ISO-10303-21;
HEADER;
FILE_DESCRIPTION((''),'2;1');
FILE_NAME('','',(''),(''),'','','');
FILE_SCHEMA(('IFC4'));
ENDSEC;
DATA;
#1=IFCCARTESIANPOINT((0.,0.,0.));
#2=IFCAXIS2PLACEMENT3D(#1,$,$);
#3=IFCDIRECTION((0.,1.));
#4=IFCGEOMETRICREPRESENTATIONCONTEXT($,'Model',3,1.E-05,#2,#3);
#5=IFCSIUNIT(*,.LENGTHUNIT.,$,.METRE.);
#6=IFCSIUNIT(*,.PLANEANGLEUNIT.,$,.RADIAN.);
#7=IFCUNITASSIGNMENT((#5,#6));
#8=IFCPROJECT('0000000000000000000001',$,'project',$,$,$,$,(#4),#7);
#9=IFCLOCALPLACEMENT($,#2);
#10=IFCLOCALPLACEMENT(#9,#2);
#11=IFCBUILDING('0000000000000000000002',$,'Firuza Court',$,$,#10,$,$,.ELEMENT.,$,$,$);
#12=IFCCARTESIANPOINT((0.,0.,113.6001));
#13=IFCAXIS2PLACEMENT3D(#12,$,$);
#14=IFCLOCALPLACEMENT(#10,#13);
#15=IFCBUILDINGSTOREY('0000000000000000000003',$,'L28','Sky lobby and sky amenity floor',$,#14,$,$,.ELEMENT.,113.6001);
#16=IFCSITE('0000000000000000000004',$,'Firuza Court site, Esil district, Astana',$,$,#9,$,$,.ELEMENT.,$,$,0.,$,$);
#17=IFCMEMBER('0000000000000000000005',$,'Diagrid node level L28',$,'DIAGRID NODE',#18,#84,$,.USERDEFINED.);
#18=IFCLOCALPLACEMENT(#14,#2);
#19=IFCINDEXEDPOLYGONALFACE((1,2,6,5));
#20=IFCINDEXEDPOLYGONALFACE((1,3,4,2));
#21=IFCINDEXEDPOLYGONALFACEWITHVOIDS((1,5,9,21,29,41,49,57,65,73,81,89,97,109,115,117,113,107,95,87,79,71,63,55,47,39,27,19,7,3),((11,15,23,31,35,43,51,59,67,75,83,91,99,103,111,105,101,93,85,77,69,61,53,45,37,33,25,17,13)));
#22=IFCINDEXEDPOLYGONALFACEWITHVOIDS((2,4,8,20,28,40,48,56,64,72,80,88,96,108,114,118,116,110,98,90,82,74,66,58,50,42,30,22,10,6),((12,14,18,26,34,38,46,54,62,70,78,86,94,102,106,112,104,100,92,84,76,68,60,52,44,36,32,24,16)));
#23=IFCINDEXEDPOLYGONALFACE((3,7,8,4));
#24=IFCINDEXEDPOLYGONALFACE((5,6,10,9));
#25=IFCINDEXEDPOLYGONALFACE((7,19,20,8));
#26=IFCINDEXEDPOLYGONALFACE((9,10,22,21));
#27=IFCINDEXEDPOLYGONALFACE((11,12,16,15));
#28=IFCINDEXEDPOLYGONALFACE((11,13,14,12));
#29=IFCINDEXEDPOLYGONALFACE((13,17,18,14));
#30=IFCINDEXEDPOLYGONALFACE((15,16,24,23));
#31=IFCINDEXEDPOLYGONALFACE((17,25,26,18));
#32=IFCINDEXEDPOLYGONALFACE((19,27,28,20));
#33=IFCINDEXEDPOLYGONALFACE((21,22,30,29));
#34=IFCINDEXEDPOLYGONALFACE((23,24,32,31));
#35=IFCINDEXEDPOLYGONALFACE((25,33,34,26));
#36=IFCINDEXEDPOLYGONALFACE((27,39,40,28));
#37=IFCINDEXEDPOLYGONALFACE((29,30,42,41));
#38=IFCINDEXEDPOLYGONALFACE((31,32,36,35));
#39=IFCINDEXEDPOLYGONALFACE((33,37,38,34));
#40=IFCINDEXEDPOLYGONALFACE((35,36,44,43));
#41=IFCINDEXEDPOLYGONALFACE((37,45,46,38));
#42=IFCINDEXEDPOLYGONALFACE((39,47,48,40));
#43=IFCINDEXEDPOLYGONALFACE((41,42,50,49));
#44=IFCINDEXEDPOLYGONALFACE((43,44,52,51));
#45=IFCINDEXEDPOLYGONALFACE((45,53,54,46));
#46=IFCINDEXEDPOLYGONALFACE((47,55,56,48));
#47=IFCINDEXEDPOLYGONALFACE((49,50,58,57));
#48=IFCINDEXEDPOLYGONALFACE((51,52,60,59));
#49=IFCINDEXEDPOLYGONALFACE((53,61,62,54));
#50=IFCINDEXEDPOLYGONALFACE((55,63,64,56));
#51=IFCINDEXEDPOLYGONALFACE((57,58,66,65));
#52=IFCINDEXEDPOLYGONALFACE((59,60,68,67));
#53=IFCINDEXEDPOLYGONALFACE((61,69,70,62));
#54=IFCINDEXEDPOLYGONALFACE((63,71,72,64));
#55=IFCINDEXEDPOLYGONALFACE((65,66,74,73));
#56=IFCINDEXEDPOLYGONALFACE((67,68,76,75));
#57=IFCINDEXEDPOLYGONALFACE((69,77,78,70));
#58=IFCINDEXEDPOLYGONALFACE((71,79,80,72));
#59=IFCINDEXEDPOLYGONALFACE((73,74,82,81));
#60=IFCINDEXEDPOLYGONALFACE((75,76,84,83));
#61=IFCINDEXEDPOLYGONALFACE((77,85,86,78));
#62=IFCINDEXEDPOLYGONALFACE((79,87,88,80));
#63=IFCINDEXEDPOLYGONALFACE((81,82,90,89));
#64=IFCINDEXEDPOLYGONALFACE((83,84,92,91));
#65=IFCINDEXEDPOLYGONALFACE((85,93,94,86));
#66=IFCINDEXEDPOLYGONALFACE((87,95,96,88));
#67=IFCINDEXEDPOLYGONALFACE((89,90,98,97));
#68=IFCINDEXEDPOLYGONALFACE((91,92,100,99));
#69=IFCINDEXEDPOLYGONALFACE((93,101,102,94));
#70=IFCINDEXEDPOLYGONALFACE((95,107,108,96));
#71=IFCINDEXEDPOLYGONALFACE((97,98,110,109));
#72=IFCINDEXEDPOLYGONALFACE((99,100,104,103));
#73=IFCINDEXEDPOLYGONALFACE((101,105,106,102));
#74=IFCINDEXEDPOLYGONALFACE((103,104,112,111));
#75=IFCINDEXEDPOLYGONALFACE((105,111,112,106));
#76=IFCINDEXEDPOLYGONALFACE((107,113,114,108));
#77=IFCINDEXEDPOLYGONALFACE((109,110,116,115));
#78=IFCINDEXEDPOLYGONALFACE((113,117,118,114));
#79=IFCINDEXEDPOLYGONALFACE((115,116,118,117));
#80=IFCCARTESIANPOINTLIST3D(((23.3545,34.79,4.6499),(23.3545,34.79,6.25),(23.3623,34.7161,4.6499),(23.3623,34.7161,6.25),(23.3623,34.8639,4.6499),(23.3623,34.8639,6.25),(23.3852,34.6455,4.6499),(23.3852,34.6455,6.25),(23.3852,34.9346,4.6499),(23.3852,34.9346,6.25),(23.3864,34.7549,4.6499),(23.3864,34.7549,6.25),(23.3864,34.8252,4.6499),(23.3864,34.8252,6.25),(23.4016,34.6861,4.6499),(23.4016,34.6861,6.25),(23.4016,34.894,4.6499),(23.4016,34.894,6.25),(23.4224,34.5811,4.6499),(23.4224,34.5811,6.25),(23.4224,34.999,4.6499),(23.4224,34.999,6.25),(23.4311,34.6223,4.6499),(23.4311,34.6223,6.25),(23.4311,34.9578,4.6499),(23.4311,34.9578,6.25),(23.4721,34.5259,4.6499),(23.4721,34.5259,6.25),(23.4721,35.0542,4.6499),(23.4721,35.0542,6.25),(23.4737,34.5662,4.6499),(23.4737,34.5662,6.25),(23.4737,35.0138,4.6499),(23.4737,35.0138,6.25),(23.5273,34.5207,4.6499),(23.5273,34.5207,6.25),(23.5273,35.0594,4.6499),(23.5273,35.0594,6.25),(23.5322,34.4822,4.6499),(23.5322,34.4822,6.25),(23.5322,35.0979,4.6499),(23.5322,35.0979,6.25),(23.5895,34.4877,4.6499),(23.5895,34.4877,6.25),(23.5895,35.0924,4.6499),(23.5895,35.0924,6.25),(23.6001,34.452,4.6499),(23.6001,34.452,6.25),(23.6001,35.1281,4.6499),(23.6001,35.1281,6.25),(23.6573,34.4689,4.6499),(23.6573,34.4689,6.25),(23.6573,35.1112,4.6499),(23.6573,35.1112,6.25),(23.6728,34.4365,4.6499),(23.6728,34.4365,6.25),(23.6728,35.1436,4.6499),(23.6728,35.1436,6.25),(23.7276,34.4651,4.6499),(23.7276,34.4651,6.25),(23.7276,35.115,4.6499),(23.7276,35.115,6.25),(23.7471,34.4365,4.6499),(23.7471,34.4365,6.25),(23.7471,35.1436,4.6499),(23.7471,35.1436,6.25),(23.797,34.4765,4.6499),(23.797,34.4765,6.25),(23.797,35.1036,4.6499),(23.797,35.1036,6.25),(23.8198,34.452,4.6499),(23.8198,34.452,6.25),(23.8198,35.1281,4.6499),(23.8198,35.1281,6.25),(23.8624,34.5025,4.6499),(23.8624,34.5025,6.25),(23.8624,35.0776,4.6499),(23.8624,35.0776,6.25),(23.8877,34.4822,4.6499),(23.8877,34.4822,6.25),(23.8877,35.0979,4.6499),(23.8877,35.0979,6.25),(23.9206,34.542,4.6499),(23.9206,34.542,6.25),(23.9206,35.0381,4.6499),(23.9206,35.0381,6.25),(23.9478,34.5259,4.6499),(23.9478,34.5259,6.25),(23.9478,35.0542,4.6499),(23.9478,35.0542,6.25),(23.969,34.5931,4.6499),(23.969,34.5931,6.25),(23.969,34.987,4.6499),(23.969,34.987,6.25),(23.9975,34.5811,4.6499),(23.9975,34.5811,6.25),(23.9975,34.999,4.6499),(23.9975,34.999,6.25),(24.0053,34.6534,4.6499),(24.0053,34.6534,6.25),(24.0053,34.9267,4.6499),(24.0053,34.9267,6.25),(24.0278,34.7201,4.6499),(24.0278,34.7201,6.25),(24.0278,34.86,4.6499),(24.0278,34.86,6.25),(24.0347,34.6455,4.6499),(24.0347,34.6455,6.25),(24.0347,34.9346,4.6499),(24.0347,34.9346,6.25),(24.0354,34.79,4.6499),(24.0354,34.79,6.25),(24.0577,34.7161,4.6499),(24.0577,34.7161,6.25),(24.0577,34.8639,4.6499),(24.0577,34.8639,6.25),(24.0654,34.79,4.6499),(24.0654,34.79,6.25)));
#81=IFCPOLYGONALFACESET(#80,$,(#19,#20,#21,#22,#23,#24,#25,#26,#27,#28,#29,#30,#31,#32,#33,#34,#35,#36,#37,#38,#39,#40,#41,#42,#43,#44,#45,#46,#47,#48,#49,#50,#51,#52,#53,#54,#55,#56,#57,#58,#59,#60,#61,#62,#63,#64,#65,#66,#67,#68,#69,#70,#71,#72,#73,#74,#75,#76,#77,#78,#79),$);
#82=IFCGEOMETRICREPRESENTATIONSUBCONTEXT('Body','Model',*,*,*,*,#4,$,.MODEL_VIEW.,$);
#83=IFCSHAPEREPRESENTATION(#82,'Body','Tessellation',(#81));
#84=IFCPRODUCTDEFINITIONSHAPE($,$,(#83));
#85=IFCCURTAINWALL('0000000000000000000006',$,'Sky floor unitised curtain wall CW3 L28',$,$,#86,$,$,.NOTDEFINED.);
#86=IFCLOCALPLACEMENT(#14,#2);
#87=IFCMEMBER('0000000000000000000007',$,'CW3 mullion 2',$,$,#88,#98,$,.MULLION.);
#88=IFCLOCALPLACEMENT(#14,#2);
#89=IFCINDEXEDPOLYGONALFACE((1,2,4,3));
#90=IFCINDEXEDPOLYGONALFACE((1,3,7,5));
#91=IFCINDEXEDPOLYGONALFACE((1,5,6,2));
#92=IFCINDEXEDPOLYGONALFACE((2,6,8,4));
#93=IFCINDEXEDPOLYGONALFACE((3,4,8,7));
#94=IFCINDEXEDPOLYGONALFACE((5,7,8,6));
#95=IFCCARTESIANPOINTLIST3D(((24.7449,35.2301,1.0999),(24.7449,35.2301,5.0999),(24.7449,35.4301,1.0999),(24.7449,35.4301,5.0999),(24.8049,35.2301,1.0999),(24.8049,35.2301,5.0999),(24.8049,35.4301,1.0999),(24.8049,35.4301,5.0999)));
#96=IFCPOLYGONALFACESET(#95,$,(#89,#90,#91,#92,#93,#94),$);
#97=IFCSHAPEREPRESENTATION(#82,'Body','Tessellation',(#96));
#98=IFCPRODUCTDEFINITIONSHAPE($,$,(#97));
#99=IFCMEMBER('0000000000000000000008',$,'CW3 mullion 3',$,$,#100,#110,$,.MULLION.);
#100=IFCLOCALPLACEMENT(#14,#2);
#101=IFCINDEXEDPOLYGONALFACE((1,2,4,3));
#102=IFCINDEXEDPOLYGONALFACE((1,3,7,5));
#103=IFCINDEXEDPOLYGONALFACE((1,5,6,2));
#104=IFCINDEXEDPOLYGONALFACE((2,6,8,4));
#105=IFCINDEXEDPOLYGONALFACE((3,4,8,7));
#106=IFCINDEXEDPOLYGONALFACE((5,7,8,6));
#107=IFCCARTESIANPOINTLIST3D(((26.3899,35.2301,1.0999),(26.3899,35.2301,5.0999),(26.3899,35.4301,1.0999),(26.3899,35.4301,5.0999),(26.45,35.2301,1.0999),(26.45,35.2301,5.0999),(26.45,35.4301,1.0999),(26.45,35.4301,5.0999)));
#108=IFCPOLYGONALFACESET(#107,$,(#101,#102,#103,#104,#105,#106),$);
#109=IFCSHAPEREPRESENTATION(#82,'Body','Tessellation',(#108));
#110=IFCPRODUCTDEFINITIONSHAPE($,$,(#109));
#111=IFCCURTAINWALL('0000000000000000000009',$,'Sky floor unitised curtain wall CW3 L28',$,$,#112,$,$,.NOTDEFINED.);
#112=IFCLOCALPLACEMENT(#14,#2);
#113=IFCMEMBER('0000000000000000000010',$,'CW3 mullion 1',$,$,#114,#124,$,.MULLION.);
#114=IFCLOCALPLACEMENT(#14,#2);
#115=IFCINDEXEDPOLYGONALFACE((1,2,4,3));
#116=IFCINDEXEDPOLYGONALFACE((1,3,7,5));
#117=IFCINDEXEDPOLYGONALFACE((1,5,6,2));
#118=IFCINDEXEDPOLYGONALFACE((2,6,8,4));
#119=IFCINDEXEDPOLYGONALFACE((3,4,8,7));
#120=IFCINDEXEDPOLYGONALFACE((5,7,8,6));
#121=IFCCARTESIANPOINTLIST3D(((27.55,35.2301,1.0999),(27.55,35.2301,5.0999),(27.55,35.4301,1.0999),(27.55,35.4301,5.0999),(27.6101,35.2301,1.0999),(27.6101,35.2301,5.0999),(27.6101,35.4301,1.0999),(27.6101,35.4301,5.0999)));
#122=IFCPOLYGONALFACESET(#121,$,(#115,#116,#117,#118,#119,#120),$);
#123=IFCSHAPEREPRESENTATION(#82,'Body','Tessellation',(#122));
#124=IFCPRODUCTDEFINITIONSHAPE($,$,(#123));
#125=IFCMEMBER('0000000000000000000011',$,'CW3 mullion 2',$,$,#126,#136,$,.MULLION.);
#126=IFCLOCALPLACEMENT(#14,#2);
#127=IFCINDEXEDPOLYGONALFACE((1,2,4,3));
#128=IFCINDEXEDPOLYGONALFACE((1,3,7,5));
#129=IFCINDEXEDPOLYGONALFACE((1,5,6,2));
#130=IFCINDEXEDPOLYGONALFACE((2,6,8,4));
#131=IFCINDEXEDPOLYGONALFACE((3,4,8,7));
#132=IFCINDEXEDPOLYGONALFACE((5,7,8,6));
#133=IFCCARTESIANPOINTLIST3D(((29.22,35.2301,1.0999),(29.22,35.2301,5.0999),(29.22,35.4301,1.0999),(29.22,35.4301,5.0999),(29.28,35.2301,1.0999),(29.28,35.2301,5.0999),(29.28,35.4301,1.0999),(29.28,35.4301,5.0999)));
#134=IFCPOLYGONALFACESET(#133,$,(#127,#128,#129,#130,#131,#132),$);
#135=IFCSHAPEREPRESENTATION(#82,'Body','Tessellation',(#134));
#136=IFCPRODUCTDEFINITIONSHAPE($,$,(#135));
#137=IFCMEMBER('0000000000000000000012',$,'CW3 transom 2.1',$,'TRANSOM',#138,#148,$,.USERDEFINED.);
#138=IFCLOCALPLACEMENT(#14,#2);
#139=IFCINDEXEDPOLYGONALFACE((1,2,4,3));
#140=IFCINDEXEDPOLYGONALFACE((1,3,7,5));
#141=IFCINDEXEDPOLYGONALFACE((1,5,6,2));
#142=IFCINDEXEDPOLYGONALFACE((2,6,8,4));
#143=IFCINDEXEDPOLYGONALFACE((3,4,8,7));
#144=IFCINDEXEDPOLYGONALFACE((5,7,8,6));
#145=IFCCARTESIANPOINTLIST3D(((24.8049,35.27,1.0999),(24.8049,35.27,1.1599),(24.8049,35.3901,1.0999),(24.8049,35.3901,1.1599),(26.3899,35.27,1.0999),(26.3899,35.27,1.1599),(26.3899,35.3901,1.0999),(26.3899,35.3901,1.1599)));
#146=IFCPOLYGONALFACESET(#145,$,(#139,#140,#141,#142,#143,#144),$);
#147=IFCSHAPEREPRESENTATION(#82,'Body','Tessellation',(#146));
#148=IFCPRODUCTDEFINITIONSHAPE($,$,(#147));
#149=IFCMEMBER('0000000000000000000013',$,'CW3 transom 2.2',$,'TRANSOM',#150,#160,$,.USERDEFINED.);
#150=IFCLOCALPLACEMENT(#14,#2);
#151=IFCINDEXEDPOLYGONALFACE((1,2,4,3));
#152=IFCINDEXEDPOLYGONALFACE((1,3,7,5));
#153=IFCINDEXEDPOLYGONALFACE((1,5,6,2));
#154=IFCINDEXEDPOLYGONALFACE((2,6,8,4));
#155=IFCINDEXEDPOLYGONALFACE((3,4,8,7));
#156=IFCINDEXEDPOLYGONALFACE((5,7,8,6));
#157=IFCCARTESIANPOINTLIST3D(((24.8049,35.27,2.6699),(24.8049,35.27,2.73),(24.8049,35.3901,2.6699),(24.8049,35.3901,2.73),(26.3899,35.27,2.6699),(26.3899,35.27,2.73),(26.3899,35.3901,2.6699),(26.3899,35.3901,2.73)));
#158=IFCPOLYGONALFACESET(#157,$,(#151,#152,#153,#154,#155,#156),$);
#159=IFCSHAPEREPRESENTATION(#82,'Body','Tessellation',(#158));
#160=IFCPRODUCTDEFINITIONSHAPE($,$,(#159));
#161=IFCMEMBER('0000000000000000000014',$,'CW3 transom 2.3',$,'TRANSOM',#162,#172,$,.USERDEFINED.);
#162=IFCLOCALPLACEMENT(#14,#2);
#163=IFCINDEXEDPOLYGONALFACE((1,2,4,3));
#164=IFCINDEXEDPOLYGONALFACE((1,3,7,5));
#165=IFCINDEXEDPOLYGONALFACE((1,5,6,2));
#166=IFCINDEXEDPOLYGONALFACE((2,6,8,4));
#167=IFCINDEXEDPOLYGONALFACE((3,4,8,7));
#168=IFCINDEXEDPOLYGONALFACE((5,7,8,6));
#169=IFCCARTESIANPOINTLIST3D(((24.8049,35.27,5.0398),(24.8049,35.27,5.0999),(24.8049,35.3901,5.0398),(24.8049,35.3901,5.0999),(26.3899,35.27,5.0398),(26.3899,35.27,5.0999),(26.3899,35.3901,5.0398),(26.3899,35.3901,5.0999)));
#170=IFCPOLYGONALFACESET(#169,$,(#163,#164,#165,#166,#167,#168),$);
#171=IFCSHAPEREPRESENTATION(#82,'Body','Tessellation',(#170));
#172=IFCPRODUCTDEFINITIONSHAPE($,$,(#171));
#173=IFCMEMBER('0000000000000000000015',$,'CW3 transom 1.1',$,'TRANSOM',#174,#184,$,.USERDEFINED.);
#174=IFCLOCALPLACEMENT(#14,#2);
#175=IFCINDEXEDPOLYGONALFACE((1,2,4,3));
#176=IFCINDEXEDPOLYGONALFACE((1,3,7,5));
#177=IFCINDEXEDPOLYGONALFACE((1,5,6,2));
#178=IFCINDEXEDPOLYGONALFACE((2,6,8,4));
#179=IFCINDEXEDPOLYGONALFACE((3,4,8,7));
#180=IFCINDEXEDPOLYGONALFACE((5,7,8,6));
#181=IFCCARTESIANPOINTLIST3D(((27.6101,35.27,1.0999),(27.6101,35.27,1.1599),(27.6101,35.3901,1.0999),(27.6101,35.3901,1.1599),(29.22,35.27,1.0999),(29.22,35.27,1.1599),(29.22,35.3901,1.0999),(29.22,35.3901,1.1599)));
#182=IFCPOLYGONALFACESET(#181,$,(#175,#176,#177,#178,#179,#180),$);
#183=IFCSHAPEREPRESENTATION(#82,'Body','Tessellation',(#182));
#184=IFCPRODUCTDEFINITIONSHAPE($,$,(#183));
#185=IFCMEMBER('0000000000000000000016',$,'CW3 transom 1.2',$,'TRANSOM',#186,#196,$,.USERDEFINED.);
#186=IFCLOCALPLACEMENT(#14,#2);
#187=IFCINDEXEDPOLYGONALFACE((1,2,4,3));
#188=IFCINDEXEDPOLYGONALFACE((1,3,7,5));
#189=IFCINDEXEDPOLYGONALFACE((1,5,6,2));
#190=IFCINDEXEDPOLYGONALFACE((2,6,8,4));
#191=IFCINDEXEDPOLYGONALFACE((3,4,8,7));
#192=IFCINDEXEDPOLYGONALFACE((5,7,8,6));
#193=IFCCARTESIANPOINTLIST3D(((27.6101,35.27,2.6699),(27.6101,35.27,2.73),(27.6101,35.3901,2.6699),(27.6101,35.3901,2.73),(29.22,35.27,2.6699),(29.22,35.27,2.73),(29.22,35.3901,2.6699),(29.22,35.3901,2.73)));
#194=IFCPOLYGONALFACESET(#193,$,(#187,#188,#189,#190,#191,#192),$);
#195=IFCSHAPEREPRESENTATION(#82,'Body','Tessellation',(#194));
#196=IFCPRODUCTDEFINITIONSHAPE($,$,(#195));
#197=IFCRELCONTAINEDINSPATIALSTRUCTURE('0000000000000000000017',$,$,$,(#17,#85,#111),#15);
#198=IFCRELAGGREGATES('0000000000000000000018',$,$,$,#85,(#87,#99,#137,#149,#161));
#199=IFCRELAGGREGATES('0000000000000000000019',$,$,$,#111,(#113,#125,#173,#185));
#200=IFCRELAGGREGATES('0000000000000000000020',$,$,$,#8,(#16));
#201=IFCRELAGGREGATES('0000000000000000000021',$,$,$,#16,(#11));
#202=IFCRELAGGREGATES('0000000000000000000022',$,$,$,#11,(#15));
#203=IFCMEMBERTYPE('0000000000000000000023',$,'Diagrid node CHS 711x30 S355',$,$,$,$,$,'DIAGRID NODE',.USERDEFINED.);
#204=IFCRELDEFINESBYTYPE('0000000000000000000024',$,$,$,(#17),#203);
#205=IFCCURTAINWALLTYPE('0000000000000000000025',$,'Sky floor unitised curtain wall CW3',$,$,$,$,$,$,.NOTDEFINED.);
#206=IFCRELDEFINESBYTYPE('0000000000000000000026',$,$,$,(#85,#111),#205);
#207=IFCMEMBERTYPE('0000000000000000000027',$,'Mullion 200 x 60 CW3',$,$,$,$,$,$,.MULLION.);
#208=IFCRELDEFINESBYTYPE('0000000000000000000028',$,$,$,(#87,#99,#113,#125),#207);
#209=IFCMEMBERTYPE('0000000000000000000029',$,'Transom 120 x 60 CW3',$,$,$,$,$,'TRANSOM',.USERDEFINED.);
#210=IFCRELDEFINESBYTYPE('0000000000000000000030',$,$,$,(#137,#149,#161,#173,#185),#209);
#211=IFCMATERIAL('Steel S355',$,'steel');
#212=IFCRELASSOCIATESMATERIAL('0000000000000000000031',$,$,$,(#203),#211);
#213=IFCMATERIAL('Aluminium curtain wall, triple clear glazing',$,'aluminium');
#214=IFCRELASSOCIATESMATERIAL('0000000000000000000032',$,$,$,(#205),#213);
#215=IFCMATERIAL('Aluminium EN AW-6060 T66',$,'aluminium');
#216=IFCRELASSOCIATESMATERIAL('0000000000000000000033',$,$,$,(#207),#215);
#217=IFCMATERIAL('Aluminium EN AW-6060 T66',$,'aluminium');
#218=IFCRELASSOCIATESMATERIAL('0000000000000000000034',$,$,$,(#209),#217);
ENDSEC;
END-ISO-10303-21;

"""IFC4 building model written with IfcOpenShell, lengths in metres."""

from ifc_helpers import new_model, si_unit, direction, frame, origin, origin_2d, place, context, subcontext, project, spatial, rectangle, hollow_circle, extrude, material, material_profile, profile_set, type_object, element, aggregate, save


model = new_model("IFC4")

# Units and contexts
model_context = context("Model", 3, precision=1e-05, world=origin(), true_north=direction((0.0, 1.0)))
body_context = subcontext(model_context, "Body", "Model", "MODEL_VIEW")
ifc_project = project(units=[si_unit("LENGTHUNIT", "METRE"), si_unit("PLANEANGLEUNIT", "RADIAN")], contexts=[model_context])

# Site, building, storey
site_placement = place(None, origin())
site = spatial("IfcSite", under=ifc_project, at=site_placement, Name="Firuza Court site, Esil district, Astana", CompositionType="ELEMENT", RefElevation=0.0)
building_placement = place(site_placement, origin())
building = spatial("IfcBuilding", under=site, at=building_placement, Name="Firuza Court", CompositionType="ELEMENT")
storey_placement = place(building_placement, frame((0.0, 0.0, 113.6001)))
storey = spatial("IfcBuildingStorey", under=building, at=storey_placement, Name="L28", Description="Sky lobby and sky amenity floor", CompositionType="ELEMENT", Elevation=113.6001)

# Member
ifc_material_1 = material(Name="Steel S355", Category="steel")
ifc_material_profile_1 = material_profile(ifc_material_1, hollow_circle(Radius=0.3555, WallThickness=0.03, at=origin_2d()), Name="CHS 711x30")
ifc_profile_set_1 = profile_set([ifc_material_profile_1], Name="Steel S355")
member_type_1 = type_object("IfcMemberType", Name="Diagrid node CHS 711x30 S355", ElementType="DIAGRID NODE", PredefinedType="USERDEFINED", material=ifc_profile_set_1)
member_1_placement = place(storey_placement, frame((23.71, 34.79, 4.6499), z_axis=(0.0, 0.0, 1.0), x_axis=(1.0, 0.0, 0.0)))
element("IfcMember", 1, at=member_1_placement, inside=storey, type_object=member_type_1, Name="Diagrid node level L28", ObjectType="DIAGRID NODE", PredefinedType="USERDEFINED", context=body_context, shape_type="SweptSolid", body=[
    extrude(hollow_circle(Radius=0.3555, WallThickness=0.03, at=origin_2d()), origin(), (0.0, 0.0, 1.0), 1.6001),
])

# Curtain walls, members
ifc_material_2 = material(Name="Aluminium curtain wall, triple clear glazing", Category="aluminium")
curtain_wall_type = type_object("IfcCurtainWallType", Name="Sky floor unitised curtain wall CW3", PredefinedType="NOTDEFINED", material=ifc_material_2)
curtain_wall_1_placement = place(storey_placement, origin())
curtain_wall_1 = element("IfcCurtainWall", 2, at=curtain_wall_1_placement, inside=storey, type_object=curtain_wall_type, Name="Sky floor unitised curtain wall CW3 L28", PredefinedType="NOTDEFINED")
ifc_material_3 = material(Name="Aluminium EN AW-6060 T66", Category="aluminium")
ifc_material_profile_2 = material_profile(ifc_material_3, rectangle(XDim=0.2, YDim=0.0601, at=origin_2d()), Name="Mullion 200 x 60 CW3")
ifc_profile_set_2 = profile_set([ifc_material_profile_2], Name="Aluminium EN AW-6060 T66")
member_type_2 = type_object("IfcMemberType", Name="Mullion 200 x 60 CW3", PredefinedType="MULLION", material=ifc_profile_set_2)
member_2_placement = place(storey_placement, frame((24.7749, 35.3301, 1.0999), z_axis=(0.0, 0.0, 1.0), x_axis=(0.0, 1.0, 0.0)))
member_2 = element("IfcMember", 3, at=member_2_placement, type_object=member_type_2, Name="CW3 mullion 2", PredefinedType="MULLION", context=body_context, shape_type="SweptSolid", body=[
    extrude(rectangle(XDim=0.2, YDim=0.0601, at=origin_2d()), origin(), (0.0, 0.0, 1.0), 4.0),
])
member_3_placement = place(storey_placement, frame((26.4199, 35.3301, 1.0999), z_axis=(0.0, 0.0, 1.0), x_axis=(0.0, 1.0, 0.0)))
member_3 = element("IfcMember", 4, at=member_3_placement, type_object=member_type_2, Name="CW3 mullion 3", PredefinedType="MULLION", context=body_context, shape_type="SweptSolid", body=[
    extrude(rectangle(XDim=0.2, YDim=0.0601, at=origin_2d()), origin(), (0.0, 0.0, 1.0), 4.0),
])
curtain_wall_2_placement = place(storey_placement, origin())
curtain_wall_2 = element("IfcCurtainWall", 5, at=curtain_wall_2_placement, inside=storey, type_object=curtain_wall_type, Name="Sky floor unitised curtain wall CW3 L28", PredefinedType="NOTDEFINED")
member_4_placement = place(storey_placement, frame((27.5801, 35.3301, 1.0999), z_axis=(0.0, 0.0, 1.0), x_axis=(0.0, 1.0, 0.0)))
member_4 = element("IfcMember", 6, at=member_4_placement, type_object=member_type_2, Name="CW3 mullion 1", PredefinedType="MULLION", context=body_context, shape_type="SweptSolid", body=[
    extrude(rectangle(XDim=0.2, YDim=0.0601, at=origin_2d()), origin(), (0.0, 0.0, 1.0), 4.0),
])
member_5_placement = place(storey_placement, frame((29.25, 35.3301, 1.0999), z_axis=(0.0, 0.0, 1.0), x_axis=(0.0, 1.0, 0.0)))
member_5 = element("IfcMember", 7, at=member_5_placement, type_object=member_type_2, Name="CW3 mullion 2", PredefinedType="MULLION", context=body_context, shape_type="SweptSolid", body=[
    extrude(rectangle(XDim=0.2, YDim=0.0601, at=origin_2d()), origin(), (0.0, 0.0, 1.0), 4.0),
])

# Members
ifc_material_4 = material(Name="Aluminium EN AW-6060 T66", Category="aluminium")
ifc_material_profile_3 = material_profile(ifc_material_4, rectangle(XDim=0.1201, YDim=0.0601, at=origin_2d()), Name="Transom 120 x 60 CW3")
ifc_profile_set_3 = profile_set([ifc_material_profile_3], Name="Aluminium EN AW-6060 T66")
member_type_3 = type_object("IfcMemberType", Name="Transom 120 x 60 CW3", ElementType="TRANSOM", PredefinedType="USERDEFINED", material=ifc_profile_set_3)
member_6_placement = place(storey_placement, frame((24.8049, 35.3301, 1.1299), z_axis=(1.0, 0.0, 0.0), x_axis=(0.0, 1.0, 0.0)))
member_6 = element("IfcMember", 8, at=member_6_placement, type_object=member_type_3, Name="CW3 transom 2.1", ObjectType="TRANSOM", PredefinedType="USERDEFINED", context=body_context, shape_type="SweptSolid", body=[
    extrude(rectangle(XDim=0.1201, YDim=0.0601, at=origin_2d()), origin(), (0.0, 0.0, 1.0), 1.585),
])
member_7_placement = place(storey_placement, frame((24.8049, 35.3301, 2.7), z_axis=(1.0, 0.0, 0.0), x_axis=(0.0, 1.0, 0.0)))
member_7 = element("IfcMember", 9, at=member_7_placement, type_object=member_type_3, Name="CW3 transom 2.2", ObjectType="TRANSOM", PredefinedType="USERDEFINED", context=body_context, shape_type="SweptSolid", body=[
    extrude(rectangle(XDim=0.1201, YDim=0.0601, at=origin_2d()), origin(), (0.0, 0.0, 1.0), 1.585),
])
member_8_placement = place(storey_placement, frame((24.8049, 35.3301, 5.0698), z_axis=(1.0, 0.0, 0.0), x_axis=(0.0, 1.0, 0.0)))
member_8 = element("IfcMember", 10, at=member_8_placement, type_object=member_type_3, Name="CW3 transom 2.3", ObjectType="TRANSOM", PredefinedType="USERDEFINED", context=body_context, shape_type="SweptSolid", body=[
    extrude(rectangle(XDim=0.1201, YDim=0.0601, at=origin_2d()), origin(), (0.0, 0.0, 1.0), 1.585),
])
member_9_placement = place(storey_placement, frame((27.6101, 35.3301, 1.1299), z_axis=(1.0, 0.0, 0.0), x_axis=(0.0, 1.0, 0.0)))
member_9 = element("IfcMember", 11, at=member_9_placement, type_object=member_type_3, Name="CW3 transom 1.1", ObjectType="TRANSOM", PredefinedType="USERDEFINED", context=body_context, shape_type="SweptSolid", body=[
    extrude(rectangle(XDim=0.1201, YDim=0.0601, at=origin_2d()), origin(), (0.0, 0.0, 1.0), 1.6099),
])
member_10_placement = place(storey_placement, frame((27.6101, 35.3301, 2.7), z_axis=(1.0, 0.0, 0.0), x_axis=(0.0, 1.0, 0.0)))
member_10 = element("IfcMember", 12, at=member_10_placement, type_object=member_type_3, Name="CW3 transom 1.2", ObjectType="TRANSOM", PredefinedType="USERDEFINED", context=body_context, shape_type="SweptSolid", body=[
    extrude(rectangle(XDim=0.1201, YDim=0.0601, at=origin_2d()), origin(), (0.0, 0.0, 1.0), 1.6099),
])

aggregate(curtain_wall_1, [member_2, member_3, member_6, member_7, member_8])
aggregate(curtain_wall_2, [member_4, member_5, member_9, member_10])

save(model, "model.ifc")
